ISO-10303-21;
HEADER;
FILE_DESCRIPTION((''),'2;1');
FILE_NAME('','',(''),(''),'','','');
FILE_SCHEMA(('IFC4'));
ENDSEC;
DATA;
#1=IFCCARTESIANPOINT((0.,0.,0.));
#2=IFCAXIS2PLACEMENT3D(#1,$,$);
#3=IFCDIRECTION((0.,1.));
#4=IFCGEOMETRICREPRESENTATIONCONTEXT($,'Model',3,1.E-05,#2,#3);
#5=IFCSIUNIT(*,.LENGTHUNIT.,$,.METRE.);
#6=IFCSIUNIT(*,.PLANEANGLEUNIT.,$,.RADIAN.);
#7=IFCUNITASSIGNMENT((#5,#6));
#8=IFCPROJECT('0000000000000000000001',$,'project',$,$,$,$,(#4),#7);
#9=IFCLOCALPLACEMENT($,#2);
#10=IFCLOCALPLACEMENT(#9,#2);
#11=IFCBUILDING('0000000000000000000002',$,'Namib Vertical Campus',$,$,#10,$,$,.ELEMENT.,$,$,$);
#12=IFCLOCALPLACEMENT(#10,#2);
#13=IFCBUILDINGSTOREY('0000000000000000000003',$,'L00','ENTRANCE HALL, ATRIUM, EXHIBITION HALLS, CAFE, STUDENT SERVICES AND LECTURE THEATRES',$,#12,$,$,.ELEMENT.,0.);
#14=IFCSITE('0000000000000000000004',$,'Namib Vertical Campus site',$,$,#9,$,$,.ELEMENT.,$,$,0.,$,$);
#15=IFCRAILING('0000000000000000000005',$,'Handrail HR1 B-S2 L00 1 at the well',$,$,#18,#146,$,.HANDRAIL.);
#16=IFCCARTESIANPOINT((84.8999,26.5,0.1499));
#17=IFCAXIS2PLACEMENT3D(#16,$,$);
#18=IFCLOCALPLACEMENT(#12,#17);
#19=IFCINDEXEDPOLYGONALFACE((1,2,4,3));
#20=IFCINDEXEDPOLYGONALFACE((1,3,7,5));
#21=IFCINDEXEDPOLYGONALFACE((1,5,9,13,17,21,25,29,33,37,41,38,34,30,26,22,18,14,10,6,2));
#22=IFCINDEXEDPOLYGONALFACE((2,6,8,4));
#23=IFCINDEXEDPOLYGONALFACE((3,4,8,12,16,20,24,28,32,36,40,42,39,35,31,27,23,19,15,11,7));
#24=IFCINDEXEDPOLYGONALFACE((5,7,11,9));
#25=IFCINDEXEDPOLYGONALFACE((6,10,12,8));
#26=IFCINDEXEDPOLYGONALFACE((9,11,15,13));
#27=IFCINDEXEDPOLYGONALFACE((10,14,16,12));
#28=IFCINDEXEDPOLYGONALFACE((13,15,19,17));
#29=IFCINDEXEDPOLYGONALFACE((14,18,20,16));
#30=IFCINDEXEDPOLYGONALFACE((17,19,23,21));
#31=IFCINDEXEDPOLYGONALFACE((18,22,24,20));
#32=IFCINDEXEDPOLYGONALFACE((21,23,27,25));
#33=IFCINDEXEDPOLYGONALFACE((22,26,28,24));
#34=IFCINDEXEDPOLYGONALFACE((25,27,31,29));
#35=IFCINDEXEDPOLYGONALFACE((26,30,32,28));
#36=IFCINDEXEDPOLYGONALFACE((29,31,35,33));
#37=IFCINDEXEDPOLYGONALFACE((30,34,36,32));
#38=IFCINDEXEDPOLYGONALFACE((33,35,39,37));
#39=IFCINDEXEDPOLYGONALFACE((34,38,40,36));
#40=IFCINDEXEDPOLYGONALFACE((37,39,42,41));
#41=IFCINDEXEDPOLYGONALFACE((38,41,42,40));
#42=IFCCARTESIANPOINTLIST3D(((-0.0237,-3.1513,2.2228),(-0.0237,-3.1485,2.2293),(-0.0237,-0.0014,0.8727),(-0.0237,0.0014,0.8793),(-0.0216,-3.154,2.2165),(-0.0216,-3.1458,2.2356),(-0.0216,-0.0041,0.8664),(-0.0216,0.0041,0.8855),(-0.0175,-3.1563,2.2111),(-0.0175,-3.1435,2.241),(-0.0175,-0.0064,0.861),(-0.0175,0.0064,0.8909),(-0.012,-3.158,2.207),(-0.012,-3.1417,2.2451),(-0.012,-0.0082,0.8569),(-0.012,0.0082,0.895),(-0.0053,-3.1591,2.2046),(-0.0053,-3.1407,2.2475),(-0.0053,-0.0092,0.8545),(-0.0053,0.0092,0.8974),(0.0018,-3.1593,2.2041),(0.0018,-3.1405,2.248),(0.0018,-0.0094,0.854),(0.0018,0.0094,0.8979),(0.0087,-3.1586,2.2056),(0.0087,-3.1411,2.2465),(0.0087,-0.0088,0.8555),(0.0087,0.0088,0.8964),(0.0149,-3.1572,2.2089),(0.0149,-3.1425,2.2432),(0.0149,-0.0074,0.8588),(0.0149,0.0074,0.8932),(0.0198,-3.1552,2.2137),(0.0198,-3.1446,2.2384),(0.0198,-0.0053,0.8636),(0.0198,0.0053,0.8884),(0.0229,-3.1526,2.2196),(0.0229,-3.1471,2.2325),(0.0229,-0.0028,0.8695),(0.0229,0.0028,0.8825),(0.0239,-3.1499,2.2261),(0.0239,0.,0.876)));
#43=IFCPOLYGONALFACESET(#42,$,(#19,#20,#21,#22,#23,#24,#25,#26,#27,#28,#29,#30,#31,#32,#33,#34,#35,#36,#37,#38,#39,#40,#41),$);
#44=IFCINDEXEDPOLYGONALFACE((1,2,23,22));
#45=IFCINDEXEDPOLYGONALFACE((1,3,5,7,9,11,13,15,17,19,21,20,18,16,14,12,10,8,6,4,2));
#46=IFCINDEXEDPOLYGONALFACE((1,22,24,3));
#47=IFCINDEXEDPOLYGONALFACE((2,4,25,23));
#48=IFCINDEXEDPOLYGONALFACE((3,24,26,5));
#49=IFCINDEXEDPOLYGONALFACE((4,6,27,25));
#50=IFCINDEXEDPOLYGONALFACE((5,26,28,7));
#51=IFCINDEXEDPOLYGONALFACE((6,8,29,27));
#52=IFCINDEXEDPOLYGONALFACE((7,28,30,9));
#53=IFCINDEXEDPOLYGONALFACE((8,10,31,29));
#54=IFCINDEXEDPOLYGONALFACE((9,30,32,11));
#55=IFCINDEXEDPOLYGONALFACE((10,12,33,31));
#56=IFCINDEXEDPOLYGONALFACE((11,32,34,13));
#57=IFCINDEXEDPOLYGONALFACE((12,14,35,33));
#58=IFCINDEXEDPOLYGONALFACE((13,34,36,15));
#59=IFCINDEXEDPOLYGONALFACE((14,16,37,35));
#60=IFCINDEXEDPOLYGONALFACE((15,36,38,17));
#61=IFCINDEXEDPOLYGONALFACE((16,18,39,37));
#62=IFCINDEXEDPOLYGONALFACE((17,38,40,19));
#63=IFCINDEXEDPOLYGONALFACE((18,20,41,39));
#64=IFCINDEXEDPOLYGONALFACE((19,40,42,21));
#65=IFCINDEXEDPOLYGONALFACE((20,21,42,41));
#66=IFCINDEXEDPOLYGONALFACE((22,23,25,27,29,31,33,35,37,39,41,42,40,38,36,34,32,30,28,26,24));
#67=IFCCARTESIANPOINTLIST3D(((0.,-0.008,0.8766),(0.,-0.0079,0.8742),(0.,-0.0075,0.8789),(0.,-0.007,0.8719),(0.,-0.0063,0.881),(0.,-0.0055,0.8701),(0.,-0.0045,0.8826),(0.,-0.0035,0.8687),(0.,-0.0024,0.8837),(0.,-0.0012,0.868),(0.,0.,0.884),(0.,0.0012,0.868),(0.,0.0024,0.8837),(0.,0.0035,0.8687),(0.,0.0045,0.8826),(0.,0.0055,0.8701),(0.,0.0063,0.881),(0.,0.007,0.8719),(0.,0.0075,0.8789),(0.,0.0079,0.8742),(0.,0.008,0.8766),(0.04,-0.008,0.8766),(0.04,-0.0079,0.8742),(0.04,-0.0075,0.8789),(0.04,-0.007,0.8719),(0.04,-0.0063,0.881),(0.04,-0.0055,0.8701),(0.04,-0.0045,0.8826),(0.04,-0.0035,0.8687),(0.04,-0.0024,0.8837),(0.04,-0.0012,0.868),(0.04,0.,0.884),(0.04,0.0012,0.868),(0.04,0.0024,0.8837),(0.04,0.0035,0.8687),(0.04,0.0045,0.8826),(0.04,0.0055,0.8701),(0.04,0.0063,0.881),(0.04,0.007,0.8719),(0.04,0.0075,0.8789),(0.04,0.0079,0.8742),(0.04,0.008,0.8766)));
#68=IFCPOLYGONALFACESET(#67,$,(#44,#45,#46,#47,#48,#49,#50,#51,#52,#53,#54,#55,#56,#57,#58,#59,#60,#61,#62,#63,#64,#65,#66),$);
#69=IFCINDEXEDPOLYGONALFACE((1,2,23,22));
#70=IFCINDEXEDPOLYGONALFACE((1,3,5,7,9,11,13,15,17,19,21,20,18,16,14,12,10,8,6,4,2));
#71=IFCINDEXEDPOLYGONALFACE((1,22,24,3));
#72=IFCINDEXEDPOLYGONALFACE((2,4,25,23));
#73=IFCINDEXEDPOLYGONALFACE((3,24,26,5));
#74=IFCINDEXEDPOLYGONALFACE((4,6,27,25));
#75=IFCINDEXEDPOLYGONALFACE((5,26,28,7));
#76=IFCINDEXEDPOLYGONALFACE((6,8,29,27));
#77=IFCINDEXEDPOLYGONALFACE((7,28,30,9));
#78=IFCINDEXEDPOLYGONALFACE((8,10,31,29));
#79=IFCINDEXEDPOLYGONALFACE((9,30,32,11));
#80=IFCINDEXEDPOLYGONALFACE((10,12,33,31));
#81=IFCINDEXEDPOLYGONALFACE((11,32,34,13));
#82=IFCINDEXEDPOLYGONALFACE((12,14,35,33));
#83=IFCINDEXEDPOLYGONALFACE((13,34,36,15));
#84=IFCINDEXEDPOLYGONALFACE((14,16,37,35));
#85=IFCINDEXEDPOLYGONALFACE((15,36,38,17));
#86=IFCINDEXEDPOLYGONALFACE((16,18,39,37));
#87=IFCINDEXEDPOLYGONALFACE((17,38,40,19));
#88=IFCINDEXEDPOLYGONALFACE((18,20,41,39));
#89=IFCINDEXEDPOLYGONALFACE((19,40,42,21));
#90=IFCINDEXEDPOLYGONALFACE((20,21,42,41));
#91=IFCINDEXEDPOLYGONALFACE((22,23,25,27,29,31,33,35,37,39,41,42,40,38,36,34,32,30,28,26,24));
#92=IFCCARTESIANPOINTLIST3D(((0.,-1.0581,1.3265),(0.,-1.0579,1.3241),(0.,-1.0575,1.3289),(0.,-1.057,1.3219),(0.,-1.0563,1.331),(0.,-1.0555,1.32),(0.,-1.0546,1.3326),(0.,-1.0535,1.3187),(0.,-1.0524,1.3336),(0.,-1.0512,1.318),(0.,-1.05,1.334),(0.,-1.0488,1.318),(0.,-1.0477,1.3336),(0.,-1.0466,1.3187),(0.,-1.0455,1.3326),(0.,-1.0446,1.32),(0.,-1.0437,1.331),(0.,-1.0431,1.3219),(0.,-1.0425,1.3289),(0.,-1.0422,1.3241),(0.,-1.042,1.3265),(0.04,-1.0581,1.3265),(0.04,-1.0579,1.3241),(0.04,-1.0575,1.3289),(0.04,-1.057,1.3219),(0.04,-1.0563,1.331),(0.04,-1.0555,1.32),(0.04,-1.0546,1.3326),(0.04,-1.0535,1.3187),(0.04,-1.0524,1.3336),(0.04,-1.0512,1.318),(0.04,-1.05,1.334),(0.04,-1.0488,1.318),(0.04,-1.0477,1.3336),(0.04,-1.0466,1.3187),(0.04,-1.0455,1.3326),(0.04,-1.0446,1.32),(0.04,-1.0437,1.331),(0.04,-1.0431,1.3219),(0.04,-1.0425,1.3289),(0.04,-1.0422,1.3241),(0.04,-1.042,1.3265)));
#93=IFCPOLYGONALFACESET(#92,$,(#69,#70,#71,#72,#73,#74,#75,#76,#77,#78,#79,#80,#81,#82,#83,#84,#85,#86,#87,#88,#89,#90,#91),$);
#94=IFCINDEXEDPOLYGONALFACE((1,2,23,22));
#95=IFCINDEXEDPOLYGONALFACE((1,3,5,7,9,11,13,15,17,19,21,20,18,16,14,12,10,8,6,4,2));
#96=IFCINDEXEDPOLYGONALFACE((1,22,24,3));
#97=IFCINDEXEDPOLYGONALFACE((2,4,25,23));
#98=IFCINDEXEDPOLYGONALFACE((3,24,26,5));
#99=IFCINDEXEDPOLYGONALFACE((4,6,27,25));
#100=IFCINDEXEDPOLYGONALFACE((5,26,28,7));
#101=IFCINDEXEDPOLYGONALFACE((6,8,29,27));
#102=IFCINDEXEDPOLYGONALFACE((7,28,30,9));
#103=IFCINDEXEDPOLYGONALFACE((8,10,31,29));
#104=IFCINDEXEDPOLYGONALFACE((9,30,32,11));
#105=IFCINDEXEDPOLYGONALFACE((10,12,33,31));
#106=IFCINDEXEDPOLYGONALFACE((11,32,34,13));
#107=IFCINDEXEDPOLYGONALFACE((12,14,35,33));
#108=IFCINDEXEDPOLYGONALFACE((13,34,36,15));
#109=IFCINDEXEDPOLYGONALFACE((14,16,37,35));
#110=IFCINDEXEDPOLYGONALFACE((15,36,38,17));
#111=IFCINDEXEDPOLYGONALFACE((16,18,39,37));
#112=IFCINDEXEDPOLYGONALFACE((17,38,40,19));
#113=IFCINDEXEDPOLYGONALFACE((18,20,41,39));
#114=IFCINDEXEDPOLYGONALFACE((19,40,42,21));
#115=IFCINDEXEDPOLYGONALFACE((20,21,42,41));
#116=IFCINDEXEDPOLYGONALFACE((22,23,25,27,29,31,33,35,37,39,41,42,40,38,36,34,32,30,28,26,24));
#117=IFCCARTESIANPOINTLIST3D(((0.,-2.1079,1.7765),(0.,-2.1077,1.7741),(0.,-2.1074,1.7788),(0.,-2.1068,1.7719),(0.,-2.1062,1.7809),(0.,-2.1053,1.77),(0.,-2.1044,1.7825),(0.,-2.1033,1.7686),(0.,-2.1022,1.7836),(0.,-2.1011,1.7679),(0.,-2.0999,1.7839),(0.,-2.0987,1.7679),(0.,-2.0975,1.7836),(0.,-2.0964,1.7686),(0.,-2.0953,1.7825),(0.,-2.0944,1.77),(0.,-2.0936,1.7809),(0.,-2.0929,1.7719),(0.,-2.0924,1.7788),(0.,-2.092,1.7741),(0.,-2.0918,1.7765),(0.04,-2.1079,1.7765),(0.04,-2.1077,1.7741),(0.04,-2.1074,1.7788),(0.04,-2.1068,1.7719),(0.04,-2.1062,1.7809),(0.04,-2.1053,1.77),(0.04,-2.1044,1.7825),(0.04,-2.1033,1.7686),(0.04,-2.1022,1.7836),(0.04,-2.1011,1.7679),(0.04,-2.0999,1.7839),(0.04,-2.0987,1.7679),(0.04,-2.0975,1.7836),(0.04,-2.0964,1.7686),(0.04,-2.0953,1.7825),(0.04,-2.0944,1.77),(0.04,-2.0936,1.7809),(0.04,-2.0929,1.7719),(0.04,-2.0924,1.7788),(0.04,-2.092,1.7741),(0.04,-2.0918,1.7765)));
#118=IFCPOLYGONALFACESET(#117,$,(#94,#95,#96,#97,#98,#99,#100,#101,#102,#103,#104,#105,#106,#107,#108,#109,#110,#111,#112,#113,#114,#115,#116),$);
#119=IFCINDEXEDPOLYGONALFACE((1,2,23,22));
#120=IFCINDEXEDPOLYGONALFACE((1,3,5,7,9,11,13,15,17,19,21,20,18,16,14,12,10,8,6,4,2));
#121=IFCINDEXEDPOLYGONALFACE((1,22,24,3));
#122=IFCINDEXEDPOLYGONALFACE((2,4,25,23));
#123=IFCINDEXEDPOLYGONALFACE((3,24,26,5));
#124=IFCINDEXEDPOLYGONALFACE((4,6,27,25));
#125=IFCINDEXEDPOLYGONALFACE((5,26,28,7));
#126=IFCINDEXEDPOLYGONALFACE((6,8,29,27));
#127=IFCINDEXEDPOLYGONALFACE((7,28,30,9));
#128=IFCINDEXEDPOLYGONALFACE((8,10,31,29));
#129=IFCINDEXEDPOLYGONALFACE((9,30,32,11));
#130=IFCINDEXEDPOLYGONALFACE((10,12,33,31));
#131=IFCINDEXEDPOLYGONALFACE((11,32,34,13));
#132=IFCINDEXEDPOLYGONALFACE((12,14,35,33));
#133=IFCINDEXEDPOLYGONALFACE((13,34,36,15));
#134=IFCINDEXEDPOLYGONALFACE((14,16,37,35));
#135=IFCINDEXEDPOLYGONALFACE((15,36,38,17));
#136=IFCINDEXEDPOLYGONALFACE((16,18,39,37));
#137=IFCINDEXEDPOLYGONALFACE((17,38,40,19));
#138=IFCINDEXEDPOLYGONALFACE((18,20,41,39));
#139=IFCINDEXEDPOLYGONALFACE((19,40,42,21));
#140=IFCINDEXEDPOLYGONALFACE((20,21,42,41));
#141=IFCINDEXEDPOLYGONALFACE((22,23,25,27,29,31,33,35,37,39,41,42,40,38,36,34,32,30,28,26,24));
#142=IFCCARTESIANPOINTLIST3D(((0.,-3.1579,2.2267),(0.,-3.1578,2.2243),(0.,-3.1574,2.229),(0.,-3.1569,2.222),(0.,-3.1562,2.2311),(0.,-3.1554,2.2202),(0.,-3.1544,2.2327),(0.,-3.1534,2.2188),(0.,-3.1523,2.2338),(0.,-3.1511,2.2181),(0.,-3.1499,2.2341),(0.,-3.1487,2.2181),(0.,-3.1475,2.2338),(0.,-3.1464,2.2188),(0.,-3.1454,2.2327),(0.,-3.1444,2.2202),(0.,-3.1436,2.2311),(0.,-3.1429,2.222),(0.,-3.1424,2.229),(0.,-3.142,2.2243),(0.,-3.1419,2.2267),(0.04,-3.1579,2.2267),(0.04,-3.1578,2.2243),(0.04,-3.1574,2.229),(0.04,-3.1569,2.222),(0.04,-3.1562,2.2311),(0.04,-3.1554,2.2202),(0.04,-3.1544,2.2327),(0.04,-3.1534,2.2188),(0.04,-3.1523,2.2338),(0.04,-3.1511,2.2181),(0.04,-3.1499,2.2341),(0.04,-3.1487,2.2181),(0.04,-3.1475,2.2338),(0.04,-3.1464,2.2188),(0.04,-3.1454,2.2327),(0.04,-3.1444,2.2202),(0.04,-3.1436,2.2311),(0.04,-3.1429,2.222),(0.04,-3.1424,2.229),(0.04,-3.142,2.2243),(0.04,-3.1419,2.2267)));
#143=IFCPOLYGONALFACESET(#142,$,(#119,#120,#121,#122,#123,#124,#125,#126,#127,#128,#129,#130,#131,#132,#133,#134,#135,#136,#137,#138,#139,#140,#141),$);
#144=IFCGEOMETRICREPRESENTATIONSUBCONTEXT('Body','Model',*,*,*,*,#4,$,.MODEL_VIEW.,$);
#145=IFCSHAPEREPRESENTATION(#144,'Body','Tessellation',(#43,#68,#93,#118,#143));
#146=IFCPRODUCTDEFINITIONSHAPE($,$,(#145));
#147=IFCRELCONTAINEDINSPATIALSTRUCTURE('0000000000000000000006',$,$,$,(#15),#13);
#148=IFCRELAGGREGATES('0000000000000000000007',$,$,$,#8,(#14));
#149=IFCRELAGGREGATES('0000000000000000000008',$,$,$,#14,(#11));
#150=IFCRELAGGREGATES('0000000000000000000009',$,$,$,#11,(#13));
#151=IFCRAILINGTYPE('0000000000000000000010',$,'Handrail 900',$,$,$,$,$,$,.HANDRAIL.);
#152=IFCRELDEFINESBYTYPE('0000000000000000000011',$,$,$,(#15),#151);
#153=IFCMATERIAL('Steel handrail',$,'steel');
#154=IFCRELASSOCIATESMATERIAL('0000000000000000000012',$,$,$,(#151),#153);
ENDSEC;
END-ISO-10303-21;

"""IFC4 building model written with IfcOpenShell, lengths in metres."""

from ifc_helpers import new_model, si_unit, direction, frame, origin, origin_2d, place, context, subcontext, project, spatial, circle, extrude, material, type_object, element, save


model = new_model("IFC4")

# Units and contexts
model_context = context("Model", 3, precision=1e-05, world=origin(), true_north=direction((0.0, 1.0)))
body_context = subcontext(model_context, "Body", "Model", "MODEL_VIEW")
ifc_project = project(units=[si_unit("LENGTHUNIT", "METRE"), si_unit("PLANEANGLEUNIT", "RADIAN")], contexts=[model_context])

# Site, building, storey
site_placement = place(None, origin())
site = spatial("IfcSite", under=ifc_project, at=site_placement, Name="Namib Vertical Campus site", CompositionType="ELEMENT", RefElevation=0.0)
building_placement = place(site_placement, origin())
building = spatial("IfcBuilding", under=site, at=building_placement, Name="Namib Vertical Campus", CompositionType="ELEMENT")
storey_placement = place(building_placement, origin())
storey = spatial("IfcBuildingStorey", under=building, at=storey_placement, Name="L00", Description="ENTRANCE HALL, ATRIUM, EXHIBITION HALLS, CAFE, STUDENT SERVICES AND LECTURE THEATRES", CompositionType="ELEMENT", Elevation=0.0)

# Railing
ifc_material_1 = material(Name="Steel handrail", Category="steel")
railing_type_1 = type_object("IfcRailingType", Name="Handrail 900", PredefinedType="HANDRAIL", material=ifc_material_1)
for number, where, name in (
    (1, (84.8999, 26.5, 0.1499), "Handrail HR1 B-S2 L00 1 at the well"),
):
    element("IfcRailing", number, at=place(storey_placement, frame(where)), inside=storey, type_object=railing_type_1, Name=name, PredefinedType="HANDRAIL", context=body_context, shape_type="SweptSolid", body=[
        extrude(circle(Radius=0.0239, at=origin_2d()), frame((0.0, 0.0, 0.876), z_axis=(0.0, -0.91913, 0.393954), x_axis=(1.0, 0.0, 0.0)), (0.0, 0.0, 1.0), 3.427),
        extrude(circle(Radius=0.0081, at=origin_2d()), frame((0.0, 0.0, 0.876), z_axis=(1.0, 0.0, 0.0), x_axis=(0.0, 0.0, 1.0)), (0.0, 0.0, 1.0), 0.04),
        extrude(circle(Radius=0.0081, at=origin_2d()), frame((0.0, -1.05, 1.3259), z_axis=(1.0, 0.0, 0.0), x_axis=(0.0, 0.0, 1.0)), (0.0, 0.0, 1.0), 0.04),
        extrude(circle(Radius=0.0081, at=origin_2d()), frame((0.0, -2.0999, 1.7759), z_axis=(1.0, 0.0, 0.0), x_axis=(0.0, 0.0, 1.0)), (0.0, 0.0, 1.0), 0.04),
        extrude(circle(Radius=0.0081, at=origin_2d()), frame((0.0, -3.1499, 2.2261), z_axis=(1.0, 0.0, 0.0), x_axis=(0.0, 0.0, 1.0)), (0.0, 0.0, 1.0), 0.04),
    ])

save(model, "model.ifc")
